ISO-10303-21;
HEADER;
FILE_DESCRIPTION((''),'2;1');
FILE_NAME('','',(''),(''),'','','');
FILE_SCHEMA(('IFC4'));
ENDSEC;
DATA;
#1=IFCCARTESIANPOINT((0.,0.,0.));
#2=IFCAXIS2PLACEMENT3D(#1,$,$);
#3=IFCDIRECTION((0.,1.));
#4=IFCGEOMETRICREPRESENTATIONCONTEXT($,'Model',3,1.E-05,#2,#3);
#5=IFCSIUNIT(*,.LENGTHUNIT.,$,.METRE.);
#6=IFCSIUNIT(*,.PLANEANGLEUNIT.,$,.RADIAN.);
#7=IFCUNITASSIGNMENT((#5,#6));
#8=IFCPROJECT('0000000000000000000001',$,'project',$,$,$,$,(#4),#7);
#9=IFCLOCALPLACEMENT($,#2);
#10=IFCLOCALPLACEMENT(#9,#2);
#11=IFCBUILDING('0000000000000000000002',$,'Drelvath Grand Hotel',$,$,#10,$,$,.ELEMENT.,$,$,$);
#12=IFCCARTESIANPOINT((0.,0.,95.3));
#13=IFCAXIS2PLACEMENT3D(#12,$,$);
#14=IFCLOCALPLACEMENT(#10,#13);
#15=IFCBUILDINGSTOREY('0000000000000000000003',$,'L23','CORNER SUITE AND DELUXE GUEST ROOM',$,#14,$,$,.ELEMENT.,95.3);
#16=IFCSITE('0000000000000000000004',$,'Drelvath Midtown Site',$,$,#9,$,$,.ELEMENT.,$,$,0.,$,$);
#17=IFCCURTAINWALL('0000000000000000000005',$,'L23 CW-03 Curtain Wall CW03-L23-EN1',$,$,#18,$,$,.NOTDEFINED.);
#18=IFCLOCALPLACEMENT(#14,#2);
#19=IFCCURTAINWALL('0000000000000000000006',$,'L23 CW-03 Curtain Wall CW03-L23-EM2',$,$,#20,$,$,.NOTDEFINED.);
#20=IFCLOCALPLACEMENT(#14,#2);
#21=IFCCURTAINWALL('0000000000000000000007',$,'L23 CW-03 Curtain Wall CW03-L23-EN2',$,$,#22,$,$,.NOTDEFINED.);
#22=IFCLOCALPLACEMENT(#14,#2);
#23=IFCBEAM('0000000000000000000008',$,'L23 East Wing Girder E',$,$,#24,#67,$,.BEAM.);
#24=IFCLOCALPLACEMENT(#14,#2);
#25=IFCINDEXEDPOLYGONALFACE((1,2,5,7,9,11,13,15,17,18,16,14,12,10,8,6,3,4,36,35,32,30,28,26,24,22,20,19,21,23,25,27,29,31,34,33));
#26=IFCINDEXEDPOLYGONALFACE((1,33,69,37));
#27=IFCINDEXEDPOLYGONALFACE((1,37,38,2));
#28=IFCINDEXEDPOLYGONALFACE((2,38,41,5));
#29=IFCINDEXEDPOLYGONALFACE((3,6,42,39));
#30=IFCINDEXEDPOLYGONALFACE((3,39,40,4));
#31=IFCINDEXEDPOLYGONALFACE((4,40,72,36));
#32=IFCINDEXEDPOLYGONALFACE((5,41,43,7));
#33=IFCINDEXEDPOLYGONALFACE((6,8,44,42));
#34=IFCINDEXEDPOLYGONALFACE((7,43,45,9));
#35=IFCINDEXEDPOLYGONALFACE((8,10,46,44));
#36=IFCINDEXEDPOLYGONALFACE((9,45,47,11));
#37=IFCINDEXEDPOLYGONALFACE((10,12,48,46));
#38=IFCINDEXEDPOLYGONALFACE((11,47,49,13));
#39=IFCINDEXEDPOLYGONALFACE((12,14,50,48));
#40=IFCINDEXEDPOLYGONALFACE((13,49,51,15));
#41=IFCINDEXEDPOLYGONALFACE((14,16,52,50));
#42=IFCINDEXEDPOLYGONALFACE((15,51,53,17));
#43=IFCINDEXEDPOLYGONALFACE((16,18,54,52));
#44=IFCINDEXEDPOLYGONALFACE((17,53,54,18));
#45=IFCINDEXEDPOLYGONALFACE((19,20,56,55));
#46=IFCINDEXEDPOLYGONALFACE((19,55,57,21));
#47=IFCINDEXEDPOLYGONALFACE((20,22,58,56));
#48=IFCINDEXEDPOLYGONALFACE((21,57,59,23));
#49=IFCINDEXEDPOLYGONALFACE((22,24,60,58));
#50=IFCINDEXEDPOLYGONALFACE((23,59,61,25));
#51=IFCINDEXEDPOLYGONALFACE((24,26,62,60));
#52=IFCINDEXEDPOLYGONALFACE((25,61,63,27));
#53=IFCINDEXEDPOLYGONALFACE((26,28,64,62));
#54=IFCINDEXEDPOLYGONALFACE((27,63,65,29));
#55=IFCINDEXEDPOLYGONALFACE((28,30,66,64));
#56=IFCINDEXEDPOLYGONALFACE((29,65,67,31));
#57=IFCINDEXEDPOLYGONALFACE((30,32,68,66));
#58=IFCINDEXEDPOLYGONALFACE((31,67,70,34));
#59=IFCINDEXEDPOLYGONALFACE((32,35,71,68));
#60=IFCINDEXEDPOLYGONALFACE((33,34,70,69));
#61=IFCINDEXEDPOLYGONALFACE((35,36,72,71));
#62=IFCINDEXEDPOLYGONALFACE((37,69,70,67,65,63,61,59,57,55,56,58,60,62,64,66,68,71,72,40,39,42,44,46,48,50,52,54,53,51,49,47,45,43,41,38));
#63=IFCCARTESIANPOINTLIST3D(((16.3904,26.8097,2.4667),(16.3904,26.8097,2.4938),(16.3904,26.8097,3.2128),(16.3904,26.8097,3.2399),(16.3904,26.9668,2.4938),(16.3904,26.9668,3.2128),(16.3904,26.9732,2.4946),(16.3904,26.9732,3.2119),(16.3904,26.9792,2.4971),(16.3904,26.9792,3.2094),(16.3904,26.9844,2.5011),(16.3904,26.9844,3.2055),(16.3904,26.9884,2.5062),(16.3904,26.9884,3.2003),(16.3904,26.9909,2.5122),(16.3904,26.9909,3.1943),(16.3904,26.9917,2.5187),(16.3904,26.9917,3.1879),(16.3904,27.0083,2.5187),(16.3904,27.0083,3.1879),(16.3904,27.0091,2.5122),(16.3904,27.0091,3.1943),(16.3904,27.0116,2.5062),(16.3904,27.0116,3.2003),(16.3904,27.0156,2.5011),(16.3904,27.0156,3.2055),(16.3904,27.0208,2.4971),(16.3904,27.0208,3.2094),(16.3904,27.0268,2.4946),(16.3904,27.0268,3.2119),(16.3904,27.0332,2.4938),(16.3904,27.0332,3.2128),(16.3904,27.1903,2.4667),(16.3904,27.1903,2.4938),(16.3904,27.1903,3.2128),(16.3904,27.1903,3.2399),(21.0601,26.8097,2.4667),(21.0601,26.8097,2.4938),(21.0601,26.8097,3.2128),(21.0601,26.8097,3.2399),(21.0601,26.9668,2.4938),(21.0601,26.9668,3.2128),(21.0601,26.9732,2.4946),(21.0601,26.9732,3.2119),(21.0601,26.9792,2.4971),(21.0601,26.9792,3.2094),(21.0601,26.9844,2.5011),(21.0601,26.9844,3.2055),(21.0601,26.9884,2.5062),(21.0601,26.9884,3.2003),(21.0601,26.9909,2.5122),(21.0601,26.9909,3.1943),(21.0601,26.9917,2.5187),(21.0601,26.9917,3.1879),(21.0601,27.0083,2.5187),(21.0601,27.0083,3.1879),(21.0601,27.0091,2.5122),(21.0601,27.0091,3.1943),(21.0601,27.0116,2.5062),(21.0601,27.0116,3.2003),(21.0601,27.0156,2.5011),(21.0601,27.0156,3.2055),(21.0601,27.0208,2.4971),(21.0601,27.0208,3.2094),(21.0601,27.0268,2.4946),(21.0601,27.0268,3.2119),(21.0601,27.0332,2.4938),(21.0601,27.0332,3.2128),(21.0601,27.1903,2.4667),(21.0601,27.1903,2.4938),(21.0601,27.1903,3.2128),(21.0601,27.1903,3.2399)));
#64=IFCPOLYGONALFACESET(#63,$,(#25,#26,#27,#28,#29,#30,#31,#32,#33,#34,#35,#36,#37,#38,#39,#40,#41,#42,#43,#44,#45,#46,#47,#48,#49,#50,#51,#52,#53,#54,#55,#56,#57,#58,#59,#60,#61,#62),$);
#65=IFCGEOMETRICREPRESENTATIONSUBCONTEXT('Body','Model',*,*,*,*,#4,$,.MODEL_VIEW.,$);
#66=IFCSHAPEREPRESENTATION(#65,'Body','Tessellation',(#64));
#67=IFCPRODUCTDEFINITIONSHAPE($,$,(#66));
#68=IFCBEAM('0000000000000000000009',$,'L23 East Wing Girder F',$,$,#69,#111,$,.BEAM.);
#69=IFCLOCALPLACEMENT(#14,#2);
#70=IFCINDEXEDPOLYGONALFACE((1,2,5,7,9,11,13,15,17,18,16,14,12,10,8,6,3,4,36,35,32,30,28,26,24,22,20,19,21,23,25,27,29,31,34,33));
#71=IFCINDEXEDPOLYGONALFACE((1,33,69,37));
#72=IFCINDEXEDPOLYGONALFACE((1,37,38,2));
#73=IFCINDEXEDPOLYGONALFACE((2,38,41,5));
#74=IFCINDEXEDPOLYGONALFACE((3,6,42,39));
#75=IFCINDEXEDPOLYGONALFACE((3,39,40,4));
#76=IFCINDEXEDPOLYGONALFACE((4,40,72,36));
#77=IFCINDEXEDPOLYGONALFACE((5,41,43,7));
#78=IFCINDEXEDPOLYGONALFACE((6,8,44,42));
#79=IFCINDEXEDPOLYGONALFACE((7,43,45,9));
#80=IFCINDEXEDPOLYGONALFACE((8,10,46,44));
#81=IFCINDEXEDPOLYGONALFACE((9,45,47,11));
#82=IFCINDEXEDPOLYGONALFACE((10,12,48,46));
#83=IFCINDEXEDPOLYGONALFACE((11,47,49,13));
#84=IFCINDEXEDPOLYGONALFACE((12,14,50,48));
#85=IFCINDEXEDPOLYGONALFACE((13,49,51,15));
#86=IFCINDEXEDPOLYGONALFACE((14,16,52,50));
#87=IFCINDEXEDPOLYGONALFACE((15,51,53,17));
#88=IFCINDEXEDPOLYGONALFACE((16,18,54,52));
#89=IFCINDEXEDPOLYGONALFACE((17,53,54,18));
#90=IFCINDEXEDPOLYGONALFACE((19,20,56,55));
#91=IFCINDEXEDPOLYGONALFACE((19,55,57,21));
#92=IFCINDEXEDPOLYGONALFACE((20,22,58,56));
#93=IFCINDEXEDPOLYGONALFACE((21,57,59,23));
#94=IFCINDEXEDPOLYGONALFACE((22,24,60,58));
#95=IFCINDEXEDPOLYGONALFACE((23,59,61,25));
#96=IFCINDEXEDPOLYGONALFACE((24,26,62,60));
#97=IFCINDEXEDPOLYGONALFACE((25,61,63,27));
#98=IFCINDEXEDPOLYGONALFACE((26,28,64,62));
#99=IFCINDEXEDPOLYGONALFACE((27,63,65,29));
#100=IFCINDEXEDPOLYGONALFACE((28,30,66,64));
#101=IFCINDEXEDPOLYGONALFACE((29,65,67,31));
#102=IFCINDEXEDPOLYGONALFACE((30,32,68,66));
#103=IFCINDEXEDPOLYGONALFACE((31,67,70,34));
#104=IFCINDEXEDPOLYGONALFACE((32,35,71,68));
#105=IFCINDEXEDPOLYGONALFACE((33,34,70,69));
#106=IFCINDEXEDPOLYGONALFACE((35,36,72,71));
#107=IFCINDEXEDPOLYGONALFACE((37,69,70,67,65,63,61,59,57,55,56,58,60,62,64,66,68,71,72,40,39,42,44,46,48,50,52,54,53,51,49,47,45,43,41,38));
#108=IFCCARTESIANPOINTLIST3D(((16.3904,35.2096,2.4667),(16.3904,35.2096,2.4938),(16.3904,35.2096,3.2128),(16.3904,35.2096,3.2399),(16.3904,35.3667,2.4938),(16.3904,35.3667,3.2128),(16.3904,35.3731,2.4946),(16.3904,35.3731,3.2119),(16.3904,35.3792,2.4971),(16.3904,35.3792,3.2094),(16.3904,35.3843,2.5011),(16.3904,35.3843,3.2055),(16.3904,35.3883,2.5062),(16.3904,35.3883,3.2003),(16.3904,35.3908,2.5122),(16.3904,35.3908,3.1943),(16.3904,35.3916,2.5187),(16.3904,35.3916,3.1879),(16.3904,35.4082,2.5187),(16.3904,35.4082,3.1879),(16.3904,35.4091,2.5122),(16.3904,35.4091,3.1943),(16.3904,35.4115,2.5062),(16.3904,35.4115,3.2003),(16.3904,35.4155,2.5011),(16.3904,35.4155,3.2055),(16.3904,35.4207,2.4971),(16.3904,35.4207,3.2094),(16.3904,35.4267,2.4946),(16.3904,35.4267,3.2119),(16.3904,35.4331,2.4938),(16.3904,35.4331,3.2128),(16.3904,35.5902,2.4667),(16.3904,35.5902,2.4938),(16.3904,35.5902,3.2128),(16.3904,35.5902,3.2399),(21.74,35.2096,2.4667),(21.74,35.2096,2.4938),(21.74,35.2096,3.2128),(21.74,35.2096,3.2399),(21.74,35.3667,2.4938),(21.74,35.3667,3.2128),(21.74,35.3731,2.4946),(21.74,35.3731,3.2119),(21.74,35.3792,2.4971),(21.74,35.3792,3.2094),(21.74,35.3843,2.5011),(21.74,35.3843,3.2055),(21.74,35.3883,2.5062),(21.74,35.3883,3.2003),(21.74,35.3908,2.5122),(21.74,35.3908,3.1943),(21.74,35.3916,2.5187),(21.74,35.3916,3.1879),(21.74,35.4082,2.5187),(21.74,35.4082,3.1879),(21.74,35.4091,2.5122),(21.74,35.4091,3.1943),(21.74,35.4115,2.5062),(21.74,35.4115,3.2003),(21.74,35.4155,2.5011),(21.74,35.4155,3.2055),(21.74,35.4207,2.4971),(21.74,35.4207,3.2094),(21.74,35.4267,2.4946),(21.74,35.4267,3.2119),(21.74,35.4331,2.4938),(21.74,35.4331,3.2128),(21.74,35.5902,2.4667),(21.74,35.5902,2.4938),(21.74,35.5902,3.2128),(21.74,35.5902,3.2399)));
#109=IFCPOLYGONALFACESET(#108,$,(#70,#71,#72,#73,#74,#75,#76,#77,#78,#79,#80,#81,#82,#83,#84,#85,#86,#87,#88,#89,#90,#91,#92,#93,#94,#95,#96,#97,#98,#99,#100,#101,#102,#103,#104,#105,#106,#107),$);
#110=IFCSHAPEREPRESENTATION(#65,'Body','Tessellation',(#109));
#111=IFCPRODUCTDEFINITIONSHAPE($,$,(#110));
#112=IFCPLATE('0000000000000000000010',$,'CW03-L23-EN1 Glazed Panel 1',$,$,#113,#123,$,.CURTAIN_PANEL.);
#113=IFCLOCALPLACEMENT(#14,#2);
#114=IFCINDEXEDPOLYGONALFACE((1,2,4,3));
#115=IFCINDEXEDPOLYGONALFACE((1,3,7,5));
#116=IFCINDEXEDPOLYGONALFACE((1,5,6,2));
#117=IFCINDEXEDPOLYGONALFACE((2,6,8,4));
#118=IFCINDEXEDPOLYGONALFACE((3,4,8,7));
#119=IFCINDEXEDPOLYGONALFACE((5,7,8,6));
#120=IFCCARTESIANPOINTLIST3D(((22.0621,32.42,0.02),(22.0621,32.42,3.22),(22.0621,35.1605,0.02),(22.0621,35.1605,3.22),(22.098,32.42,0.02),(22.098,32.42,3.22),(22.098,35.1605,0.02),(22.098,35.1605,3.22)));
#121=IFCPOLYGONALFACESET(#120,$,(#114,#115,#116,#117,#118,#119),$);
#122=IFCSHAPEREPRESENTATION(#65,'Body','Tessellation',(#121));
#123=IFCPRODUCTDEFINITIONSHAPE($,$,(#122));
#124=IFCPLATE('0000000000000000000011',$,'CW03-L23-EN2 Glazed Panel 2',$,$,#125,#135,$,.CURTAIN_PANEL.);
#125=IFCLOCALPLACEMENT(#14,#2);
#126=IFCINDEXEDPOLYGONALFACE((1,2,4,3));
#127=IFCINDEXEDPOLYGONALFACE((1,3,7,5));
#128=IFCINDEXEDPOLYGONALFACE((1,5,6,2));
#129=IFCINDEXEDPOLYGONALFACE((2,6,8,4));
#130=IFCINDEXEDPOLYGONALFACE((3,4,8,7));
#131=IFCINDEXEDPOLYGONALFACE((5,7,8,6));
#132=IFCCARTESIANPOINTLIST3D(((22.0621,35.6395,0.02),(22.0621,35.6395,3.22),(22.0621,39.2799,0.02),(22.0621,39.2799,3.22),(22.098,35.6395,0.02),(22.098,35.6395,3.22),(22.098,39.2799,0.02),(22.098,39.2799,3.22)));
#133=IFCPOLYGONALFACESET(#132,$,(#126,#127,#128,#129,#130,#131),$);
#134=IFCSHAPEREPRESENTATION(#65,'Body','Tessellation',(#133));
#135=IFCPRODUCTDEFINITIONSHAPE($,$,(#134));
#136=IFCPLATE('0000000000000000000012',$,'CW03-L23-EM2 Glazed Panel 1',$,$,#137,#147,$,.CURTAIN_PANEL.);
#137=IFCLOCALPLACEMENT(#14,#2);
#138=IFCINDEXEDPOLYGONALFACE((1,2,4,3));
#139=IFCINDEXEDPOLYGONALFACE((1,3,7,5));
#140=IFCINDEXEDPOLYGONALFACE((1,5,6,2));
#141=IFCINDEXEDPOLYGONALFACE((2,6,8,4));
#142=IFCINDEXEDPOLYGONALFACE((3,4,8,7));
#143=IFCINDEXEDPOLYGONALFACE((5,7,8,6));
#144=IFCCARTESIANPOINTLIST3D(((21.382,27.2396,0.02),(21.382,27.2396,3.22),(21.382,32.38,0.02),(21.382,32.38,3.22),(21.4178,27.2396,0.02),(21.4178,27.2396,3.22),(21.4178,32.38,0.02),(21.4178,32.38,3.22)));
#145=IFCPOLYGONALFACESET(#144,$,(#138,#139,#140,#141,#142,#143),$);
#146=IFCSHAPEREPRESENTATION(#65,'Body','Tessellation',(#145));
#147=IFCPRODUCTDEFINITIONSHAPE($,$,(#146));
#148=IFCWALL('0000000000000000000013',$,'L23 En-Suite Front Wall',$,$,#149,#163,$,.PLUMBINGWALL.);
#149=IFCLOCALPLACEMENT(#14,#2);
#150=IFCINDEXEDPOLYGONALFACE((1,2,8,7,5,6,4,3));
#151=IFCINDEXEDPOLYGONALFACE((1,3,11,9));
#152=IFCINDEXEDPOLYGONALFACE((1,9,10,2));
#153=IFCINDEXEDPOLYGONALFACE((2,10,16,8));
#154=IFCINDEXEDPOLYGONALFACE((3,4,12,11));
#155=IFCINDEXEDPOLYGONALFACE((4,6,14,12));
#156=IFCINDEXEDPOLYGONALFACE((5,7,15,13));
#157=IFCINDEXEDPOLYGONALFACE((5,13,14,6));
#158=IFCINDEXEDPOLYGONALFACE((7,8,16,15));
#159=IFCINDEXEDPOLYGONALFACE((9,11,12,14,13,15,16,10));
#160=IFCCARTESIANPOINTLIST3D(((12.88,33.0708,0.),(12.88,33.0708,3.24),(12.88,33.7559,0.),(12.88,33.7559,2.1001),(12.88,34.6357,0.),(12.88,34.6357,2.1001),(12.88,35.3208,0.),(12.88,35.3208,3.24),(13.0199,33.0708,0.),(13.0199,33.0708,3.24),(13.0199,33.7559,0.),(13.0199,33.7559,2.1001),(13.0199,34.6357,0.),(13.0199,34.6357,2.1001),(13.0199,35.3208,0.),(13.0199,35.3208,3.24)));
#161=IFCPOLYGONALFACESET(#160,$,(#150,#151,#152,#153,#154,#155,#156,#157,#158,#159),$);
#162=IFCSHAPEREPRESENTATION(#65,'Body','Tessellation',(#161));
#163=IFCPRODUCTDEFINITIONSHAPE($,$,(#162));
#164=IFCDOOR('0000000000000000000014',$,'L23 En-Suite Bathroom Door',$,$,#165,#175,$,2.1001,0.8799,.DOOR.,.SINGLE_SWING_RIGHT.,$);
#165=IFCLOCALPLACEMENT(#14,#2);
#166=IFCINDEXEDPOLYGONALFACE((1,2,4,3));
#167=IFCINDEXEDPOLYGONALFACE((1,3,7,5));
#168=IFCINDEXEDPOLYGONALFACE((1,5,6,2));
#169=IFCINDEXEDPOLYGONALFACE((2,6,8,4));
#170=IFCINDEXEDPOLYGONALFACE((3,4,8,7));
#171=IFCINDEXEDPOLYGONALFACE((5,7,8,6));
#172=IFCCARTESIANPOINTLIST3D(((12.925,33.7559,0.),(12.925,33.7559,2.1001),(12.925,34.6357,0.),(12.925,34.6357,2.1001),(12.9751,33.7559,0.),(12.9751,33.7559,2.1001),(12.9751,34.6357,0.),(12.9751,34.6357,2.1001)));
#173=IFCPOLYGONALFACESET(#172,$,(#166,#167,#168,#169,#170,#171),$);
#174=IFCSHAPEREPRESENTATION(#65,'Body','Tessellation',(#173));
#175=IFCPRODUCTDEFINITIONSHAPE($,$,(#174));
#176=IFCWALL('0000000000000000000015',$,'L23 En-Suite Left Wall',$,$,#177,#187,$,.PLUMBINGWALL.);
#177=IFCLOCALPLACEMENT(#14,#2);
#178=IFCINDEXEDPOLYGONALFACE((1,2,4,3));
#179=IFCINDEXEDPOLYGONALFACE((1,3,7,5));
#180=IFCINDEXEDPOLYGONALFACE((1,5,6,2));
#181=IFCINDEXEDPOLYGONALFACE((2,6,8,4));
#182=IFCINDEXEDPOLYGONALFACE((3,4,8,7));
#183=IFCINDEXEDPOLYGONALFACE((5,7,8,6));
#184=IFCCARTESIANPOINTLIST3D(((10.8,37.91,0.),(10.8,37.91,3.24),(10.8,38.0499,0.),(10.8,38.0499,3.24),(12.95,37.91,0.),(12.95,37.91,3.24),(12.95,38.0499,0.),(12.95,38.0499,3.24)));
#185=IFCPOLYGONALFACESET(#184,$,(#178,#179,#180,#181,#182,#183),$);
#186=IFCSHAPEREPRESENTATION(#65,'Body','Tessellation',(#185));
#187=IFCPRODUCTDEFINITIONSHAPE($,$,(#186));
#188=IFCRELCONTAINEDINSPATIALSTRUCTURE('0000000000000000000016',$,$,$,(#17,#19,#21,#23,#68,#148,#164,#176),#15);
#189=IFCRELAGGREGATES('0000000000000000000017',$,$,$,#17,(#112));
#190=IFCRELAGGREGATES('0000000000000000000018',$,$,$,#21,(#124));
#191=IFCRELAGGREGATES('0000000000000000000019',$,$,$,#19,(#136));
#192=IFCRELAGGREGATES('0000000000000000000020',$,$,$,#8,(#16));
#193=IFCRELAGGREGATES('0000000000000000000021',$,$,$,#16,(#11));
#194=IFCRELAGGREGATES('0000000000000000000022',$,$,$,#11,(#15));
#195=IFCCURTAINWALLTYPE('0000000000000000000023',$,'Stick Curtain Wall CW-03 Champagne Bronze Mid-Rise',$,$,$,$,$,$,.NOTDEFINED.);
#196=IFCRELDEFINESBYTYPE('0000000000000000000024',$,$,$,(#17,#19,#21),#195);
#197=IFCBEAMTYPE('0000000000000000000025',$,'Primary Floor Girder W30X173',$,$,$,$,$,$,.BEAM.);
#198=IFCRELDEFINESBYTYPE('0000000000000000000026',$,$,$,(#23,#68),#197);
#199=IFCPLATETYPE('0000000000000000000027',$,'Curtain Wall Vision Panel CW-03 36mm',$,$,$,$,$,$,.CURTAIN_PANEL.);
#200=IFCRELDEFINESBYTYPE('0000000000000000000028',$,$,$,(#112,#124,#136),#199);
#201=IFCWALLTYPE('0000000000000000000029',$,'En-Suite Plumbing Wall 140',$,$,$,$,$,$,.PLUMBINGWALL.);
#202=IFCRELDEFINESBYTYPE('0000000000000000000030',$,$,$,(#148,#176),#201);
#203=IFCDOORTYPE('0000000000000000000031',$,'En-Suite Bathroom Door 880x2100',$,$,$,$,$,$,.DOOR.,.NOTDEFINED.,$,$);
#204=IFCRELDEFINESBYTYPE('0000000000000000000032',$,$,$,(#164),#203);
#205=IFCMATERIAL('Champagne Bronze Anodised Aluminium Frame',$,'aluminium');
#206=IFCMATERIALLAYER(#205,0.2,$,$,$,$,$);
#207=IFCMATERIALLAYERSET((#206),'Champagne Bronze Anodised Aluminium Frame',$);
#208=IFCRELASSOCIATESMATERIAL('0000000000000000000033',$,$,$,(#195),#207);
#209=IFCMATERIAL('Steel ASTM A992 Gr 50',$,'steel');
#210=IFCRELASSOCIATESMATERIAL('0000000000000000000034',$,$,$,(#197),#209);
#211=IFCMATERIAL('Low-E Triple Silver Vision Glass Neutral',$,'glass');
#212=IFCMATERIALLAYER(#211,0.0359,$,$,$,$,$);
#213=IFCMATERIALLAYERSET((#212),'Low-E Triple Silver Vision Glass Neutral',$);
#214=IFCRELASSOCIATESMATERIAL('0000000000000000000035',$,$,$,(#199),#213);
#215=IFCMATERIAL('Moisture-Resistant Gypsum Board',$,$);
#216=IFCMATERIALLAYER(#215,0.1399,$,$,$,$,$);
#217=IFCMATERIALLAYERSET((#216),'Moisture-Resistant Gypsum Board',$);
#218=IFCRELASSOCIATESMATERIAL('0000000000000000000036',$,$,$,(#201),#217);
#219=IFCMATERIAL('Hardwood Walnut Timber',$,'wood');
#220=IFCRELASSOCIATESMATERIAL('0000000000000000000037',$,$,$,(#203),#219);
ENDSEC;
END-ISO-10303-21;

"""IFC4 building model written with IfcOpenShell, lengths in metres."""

from ifc_helpers import new_model, si_unit, direction, frame, frame_2d, origin, origin_2d, place, context, subcontext, project, spatial, rectangle, i_section, extrude, material, layer, layer_set, material_profile, profile_set, type_object, element, fill, aggregate, save


model = new_model("IFC4")

# Units and contexts
model_context = context("Model", 3, precision=1e-05, world=origin(), true_north=direction((0.0, 1.0)))
body_context = subcontext(model_context, "Body", "Model", "MODEL_VIEW")
ifc_project = project(units=[si_unit("LENGTHUNIT", "METRE"), si_unit("PLANEANGLEUNIT", "RADIAN")], contexts=[model_context])

# Site, building, storey
site_placement = place(None, origin())
site = spatial("IfcSite", under=ifc_project, at=site_placement, Name="Drelvath Midtown Site", CompositionType="ELEMENT", RefElevation=0.0)
building_placement = place(site_placement, origin())
building = spatial("IfcBuilding", under=site, at=building_placement, Name="Drelvath Grand Hotel", CompositionType="ELEMENT")
storey_placement = place(building_placement, frame((0.0, 0.0, 95.3)))
storey = spatial("IfcBuildingStorey", under=building, at=storey_placement, Name="L23", Description="CORNER SUITE AND DELUXE GUEST ROOM", CompositionType="ELEMENT", Elevation=95.3)

# Curtain walls
ifc_material_1 = material(Name="Champagne Bronze Anodised Aluminium Frame", Category="aluminium")
ifc_layer_1 = layer(ifc_material_1, 0.2)
ifc_layer_set_1 = layer_set([ifc_layer_1], Name="Champagne Bronze Anodised Aluminium Frame")
curtain_wall_type = type_object("IfcCurtainWallType", Name="Stick Curtain Wall CW-03 Champagne Bronze Mid-Rise", PredefinedType="NOTDEFINED", material=ifc_layer_set_1)
curtain_wall_1_placement = place(storey_placement, origin())
curtain_wall_1 = element("IfcCurtainWall", 1, at=curtain_wall_1_placement, inside=storey, type_object=curtain_wall_type, Name="L23 CW-03 Curtain Wall CW03-L23-EN1", PredefinedType="NOTDEFINED")
curtain_wall_2_placement = place(storey_placement, origin())
curtain_wall_2 = element("IfcCurtainWall", 2, at=curtain_wall_2_placement, inside=storey, type_object=curtain_wall_type, Name="L23 CW-03 Curtain Wall CW03-L23-EM2", PredefinedType="NOTDEFINED")

# Curtain wall
curtain_wall_3_placement = place(storey_placement, origin())
curtain_wall_3 = element("IfcCurtainWall", 3, at=curtain_wall_3_placement, inside=storey, type_object=curtain_wall_type, Name="L23 CW-03 Curtain Wall CW03-L23-EN2", PredefinedType="NOTDEFINED")

# Beams
ifc_material_2 = material(Name="Steel ASTM A992 Gr 50", Category="steel")
ifc_material_profile_1 = material_profile(ifc_material_2, i_section(OverallWidth=0.3806, OverallDepth=0.7732, WebThickness=0.0166, FlangeThickness=0.0271, FilletRadius=0.0249, at=origin_2d()), Name="W30X173")
ifc_profile_set_1 = profile_set([ifc_material_profile_1], Name="Steel ASTM A992 Gr 50")
beam_type_1 = type_object("IfcBeamType", Name="Primary Floor Girder W30X173", PredefinedType="BEAM", material=ifc_profile_set_1)
beam_1_placement = place(storey_placement, frame((16.3904, 27.0, 2.8533), z_axis=(1.0, 0.0, 0.0), x_axis=(0.0, 1.0, 0.0)))
element("IfcBeam", 4, at=beam_1_placement, inside=storey, type_object=beam_type_1, Name="L23 East Wing Girder E", PredefinedType="BEAM", context=body_context, shape_type="SweptSolid", body=[
    extrude(i_section(OverallWidth=0.3806, OverallDepth=0.7732, WebThickness=0.0166, FlangeThickness=0.0271, FilletRadius=0.0249, at=origin_2d()), origin(), (0.0, 0.0, 1.0), 4.6697),
])
beam_2_placement = place(storey_placement, frame((16.3904, 35.3999, 2.8533), z_axis=(1.0, 0.0, 0.0), x_axis=(0.0, 1.0, 0.0)))
element("IfcBeam", 5, at=beam_2_placement, inside=storey, type_object=beam_type_1, Name="L23 East Wing Girder F", PredefinedType="BEAM", context=body_context, shape_type="SweptSolid", body=[
    extrude(i_section(OverallWidth=0.3806, OverallDepth=0.7732, WebThickness=0.0166, FlangeThickness=0.0271, FilletRadius=0.0249, at=origin_2d()), origin(), (0.0, 0.0, 1.0), 5.3496),
])

# Plates
ifc_material_3 = material(Name="Low-E Triple Silver Vision Glass Neutral", Category="glass")
ifc_layer_2 = layer(ifc_material_3, 0.0359)
ifc_layer_set_2 = layer_set([ifc_layer_2], Name="Low-E Triple Silver Vision Glass Neutral")
plate_type = type_object("IfcPlateType", Name="Curtain Wall Vision Panel CW-03 36mm", PredefinedType="CURTAIN_PANEL", material=ifc_layer_set_2)
plate_1_placement = place(storey_placement, frame((22.0801, 33.7903, 0.02), z_axis=(0.0, 0.0, 1.0), x_axis=(0.0, -1.0, 0.0)))
plate_1 = element("IfcPlate", 6, at=plate_1_placement, type_object=plate_type, Name="CW03-L23-EN1 Glazed Panel 1", PredefinedType="CURTAIN_PANEL", context=body_context, shape_type="SweptSolid", body=[
    extrude(rectangle(XDim=2.7405, YDim=0.0359, at=origin_2d()), origin(), (0.0, 0.0, 1.0), 3.2),
])
aggregate(curtain_wall_1, [plate_1])
plate_2_placement = place(storey_placement, frame((22.0801, 37.4597, 0.02), z_axis=(0.0, 0.0, 1.0), x_axis=(0.0, -1.0, 0.0)))
plate_2 = element("IfcPlate", 7, at=plate_2_placement, type_object=plate_type, Name="CW03-L23-EN2 Glazed Panel 2", PredefinedType="CURTAIN_PANEL", context=body_context, shape_type="SweptSolid", body=[
    extrude(rectangle(XDim=3.6404, YDim=0.0359, at=origin_2d()), origin(), (0.0, 0.0, 1.0), 3.2),
])
aggregate(curtain_wall_3, [plate_2])
plate_3_placement = place(storey_placement, frame((21.3999, 29.8098, 0.02), z_axis=(0.0, 0.0, 1.0), x_axis=(0.0, -1.0, 0.0)))
plate_3 = element("IfcPlate", 8, at=plate_3_placement, type_object=plate_type, Name="CW03-L23-EM2 Glazed Panel 1", PredefinedType="CURTAIN_PANEL", context=body_context, shape_type="SweptSolid", body=[
    extrude(rectangle(XDim=5.1404, YDim=0.0359, at=origin_2d()), origin(), (0.0, 0.0, 1.0), 3.2),
])
aggregate(curtain_wall_2, [plate_3])

# Wall, opening, door
ifc_material_4 = material(Name="Moisture-Resistant Gypsum Board")
ifc_layer_3 = layer(ifc_material_4, 0.1399)
ifc_layer_set_3 = layer_set([ifc_layer_3], Name="Moisture-Resistant Gypsum Board")
wall_type_1 = type_object("IfcWallType", Name="En-Suite Plumbing Wall 140", PredefinedType="PLUMBINGWALL", material=ifc_layer_set_3)
wall_1_placement = place(storey_placement, frame((12.95, 33.0708, 0.0), z_axis=(0.0, 0.0, 1.0), x_axis=(0.0, 1.0, 0.0)))
wall_1 = element("IfcWall", 9, at=wall_1_placement, inside=storey, type_object=wall_type_1, Name="L23 En-Suite Front Wall", PredefinedType="PLUMBINGWALL", context=body_context, shape_type="SweptSolid", body=[
    extrude(rectangle(XDim=2.25, YDim=0.1399, at=frame_2d((1.125, 0.0))), origin(), (0.0, 0.0, 1.0), 3.24),
])
opening_1_placement = place(wall_1_placement, frame((0.6851, 0.0, 0.0)))
opening_1 = element("IfcOpeningElement", 10, at=opening_1_placement, cuts=wall_1, PredefinedType="OPENING", context=body_context, shape_type="SweptSolid", body=[
    extrude(rectangle(XDim=0.8799, YDim=2.1001, at=frame_2d((0.4399, 1.05))), frame((0.0, 0.0798, 0.0), z_axis=(0.0, -1.0, 0.0), x_axis=(1.0, 0.0, 0.0)), (0.0, 0.0, 1.0), 0.1599),
])
ifc_material_5 = material(Name="Hardwood Walnut Timber", Category="wood")
door_type = type_object("IfcDoorType", Name="En-Suite Bathroom Door 880x2100", OperationType="NOTDEFINED", PredefinedType="DOOR", material=ifc_material_5)
door_1_placement = place(opening_1_placement, origin())
door_1 = element("IfcDoor", 11, at=door_1_placement, inside=storey, type_object=door_type, Name="L23 En-Suite Bathroom Door", OperationType="SINGLE_SWING_RIGHT", OverallHeight=2.1001, OverallWidth=0.8799, PredefinedType="DOOR", context=body_context, shape_type="SweptSolid", body=[
    extrude(rectangle(XDim=0.8799, YDim=2.1001, at=frame_2d((0.4399, 1.05))), frame((0.0, 0.0249, 0.0), z_axis=(0.0, -1.0, 0.0), x_axis=(1.0, 0.0, 0.0)), (0.0, 0.0, 1.0), 0.05),
])
fill(opening_1, door_1)

# Wall
wall_2_placement = place(storey_placement, frame((10.8, 37.98, 0.0), z_axis=(0.0, 0.0, 1.0), x_axis=(1.0, 0.0, 0.0)))
element("IfcWall", 12, at=wall_2_placement, inside=storey, type_object=wall_type_1, Name="L23 En-Suite Left Wall", PredefinedType="PLUMBINGWALL", context=body_context, shape_type="SweptSolid", body=[
    extrude(rectangle(XDim=2.1499, YDim=0.1399, at=frame_2d((1.075, 0.0))), origin(), (0.0, 0.0, 1.0), 3.24),
])

save(model, "model.ifc")
